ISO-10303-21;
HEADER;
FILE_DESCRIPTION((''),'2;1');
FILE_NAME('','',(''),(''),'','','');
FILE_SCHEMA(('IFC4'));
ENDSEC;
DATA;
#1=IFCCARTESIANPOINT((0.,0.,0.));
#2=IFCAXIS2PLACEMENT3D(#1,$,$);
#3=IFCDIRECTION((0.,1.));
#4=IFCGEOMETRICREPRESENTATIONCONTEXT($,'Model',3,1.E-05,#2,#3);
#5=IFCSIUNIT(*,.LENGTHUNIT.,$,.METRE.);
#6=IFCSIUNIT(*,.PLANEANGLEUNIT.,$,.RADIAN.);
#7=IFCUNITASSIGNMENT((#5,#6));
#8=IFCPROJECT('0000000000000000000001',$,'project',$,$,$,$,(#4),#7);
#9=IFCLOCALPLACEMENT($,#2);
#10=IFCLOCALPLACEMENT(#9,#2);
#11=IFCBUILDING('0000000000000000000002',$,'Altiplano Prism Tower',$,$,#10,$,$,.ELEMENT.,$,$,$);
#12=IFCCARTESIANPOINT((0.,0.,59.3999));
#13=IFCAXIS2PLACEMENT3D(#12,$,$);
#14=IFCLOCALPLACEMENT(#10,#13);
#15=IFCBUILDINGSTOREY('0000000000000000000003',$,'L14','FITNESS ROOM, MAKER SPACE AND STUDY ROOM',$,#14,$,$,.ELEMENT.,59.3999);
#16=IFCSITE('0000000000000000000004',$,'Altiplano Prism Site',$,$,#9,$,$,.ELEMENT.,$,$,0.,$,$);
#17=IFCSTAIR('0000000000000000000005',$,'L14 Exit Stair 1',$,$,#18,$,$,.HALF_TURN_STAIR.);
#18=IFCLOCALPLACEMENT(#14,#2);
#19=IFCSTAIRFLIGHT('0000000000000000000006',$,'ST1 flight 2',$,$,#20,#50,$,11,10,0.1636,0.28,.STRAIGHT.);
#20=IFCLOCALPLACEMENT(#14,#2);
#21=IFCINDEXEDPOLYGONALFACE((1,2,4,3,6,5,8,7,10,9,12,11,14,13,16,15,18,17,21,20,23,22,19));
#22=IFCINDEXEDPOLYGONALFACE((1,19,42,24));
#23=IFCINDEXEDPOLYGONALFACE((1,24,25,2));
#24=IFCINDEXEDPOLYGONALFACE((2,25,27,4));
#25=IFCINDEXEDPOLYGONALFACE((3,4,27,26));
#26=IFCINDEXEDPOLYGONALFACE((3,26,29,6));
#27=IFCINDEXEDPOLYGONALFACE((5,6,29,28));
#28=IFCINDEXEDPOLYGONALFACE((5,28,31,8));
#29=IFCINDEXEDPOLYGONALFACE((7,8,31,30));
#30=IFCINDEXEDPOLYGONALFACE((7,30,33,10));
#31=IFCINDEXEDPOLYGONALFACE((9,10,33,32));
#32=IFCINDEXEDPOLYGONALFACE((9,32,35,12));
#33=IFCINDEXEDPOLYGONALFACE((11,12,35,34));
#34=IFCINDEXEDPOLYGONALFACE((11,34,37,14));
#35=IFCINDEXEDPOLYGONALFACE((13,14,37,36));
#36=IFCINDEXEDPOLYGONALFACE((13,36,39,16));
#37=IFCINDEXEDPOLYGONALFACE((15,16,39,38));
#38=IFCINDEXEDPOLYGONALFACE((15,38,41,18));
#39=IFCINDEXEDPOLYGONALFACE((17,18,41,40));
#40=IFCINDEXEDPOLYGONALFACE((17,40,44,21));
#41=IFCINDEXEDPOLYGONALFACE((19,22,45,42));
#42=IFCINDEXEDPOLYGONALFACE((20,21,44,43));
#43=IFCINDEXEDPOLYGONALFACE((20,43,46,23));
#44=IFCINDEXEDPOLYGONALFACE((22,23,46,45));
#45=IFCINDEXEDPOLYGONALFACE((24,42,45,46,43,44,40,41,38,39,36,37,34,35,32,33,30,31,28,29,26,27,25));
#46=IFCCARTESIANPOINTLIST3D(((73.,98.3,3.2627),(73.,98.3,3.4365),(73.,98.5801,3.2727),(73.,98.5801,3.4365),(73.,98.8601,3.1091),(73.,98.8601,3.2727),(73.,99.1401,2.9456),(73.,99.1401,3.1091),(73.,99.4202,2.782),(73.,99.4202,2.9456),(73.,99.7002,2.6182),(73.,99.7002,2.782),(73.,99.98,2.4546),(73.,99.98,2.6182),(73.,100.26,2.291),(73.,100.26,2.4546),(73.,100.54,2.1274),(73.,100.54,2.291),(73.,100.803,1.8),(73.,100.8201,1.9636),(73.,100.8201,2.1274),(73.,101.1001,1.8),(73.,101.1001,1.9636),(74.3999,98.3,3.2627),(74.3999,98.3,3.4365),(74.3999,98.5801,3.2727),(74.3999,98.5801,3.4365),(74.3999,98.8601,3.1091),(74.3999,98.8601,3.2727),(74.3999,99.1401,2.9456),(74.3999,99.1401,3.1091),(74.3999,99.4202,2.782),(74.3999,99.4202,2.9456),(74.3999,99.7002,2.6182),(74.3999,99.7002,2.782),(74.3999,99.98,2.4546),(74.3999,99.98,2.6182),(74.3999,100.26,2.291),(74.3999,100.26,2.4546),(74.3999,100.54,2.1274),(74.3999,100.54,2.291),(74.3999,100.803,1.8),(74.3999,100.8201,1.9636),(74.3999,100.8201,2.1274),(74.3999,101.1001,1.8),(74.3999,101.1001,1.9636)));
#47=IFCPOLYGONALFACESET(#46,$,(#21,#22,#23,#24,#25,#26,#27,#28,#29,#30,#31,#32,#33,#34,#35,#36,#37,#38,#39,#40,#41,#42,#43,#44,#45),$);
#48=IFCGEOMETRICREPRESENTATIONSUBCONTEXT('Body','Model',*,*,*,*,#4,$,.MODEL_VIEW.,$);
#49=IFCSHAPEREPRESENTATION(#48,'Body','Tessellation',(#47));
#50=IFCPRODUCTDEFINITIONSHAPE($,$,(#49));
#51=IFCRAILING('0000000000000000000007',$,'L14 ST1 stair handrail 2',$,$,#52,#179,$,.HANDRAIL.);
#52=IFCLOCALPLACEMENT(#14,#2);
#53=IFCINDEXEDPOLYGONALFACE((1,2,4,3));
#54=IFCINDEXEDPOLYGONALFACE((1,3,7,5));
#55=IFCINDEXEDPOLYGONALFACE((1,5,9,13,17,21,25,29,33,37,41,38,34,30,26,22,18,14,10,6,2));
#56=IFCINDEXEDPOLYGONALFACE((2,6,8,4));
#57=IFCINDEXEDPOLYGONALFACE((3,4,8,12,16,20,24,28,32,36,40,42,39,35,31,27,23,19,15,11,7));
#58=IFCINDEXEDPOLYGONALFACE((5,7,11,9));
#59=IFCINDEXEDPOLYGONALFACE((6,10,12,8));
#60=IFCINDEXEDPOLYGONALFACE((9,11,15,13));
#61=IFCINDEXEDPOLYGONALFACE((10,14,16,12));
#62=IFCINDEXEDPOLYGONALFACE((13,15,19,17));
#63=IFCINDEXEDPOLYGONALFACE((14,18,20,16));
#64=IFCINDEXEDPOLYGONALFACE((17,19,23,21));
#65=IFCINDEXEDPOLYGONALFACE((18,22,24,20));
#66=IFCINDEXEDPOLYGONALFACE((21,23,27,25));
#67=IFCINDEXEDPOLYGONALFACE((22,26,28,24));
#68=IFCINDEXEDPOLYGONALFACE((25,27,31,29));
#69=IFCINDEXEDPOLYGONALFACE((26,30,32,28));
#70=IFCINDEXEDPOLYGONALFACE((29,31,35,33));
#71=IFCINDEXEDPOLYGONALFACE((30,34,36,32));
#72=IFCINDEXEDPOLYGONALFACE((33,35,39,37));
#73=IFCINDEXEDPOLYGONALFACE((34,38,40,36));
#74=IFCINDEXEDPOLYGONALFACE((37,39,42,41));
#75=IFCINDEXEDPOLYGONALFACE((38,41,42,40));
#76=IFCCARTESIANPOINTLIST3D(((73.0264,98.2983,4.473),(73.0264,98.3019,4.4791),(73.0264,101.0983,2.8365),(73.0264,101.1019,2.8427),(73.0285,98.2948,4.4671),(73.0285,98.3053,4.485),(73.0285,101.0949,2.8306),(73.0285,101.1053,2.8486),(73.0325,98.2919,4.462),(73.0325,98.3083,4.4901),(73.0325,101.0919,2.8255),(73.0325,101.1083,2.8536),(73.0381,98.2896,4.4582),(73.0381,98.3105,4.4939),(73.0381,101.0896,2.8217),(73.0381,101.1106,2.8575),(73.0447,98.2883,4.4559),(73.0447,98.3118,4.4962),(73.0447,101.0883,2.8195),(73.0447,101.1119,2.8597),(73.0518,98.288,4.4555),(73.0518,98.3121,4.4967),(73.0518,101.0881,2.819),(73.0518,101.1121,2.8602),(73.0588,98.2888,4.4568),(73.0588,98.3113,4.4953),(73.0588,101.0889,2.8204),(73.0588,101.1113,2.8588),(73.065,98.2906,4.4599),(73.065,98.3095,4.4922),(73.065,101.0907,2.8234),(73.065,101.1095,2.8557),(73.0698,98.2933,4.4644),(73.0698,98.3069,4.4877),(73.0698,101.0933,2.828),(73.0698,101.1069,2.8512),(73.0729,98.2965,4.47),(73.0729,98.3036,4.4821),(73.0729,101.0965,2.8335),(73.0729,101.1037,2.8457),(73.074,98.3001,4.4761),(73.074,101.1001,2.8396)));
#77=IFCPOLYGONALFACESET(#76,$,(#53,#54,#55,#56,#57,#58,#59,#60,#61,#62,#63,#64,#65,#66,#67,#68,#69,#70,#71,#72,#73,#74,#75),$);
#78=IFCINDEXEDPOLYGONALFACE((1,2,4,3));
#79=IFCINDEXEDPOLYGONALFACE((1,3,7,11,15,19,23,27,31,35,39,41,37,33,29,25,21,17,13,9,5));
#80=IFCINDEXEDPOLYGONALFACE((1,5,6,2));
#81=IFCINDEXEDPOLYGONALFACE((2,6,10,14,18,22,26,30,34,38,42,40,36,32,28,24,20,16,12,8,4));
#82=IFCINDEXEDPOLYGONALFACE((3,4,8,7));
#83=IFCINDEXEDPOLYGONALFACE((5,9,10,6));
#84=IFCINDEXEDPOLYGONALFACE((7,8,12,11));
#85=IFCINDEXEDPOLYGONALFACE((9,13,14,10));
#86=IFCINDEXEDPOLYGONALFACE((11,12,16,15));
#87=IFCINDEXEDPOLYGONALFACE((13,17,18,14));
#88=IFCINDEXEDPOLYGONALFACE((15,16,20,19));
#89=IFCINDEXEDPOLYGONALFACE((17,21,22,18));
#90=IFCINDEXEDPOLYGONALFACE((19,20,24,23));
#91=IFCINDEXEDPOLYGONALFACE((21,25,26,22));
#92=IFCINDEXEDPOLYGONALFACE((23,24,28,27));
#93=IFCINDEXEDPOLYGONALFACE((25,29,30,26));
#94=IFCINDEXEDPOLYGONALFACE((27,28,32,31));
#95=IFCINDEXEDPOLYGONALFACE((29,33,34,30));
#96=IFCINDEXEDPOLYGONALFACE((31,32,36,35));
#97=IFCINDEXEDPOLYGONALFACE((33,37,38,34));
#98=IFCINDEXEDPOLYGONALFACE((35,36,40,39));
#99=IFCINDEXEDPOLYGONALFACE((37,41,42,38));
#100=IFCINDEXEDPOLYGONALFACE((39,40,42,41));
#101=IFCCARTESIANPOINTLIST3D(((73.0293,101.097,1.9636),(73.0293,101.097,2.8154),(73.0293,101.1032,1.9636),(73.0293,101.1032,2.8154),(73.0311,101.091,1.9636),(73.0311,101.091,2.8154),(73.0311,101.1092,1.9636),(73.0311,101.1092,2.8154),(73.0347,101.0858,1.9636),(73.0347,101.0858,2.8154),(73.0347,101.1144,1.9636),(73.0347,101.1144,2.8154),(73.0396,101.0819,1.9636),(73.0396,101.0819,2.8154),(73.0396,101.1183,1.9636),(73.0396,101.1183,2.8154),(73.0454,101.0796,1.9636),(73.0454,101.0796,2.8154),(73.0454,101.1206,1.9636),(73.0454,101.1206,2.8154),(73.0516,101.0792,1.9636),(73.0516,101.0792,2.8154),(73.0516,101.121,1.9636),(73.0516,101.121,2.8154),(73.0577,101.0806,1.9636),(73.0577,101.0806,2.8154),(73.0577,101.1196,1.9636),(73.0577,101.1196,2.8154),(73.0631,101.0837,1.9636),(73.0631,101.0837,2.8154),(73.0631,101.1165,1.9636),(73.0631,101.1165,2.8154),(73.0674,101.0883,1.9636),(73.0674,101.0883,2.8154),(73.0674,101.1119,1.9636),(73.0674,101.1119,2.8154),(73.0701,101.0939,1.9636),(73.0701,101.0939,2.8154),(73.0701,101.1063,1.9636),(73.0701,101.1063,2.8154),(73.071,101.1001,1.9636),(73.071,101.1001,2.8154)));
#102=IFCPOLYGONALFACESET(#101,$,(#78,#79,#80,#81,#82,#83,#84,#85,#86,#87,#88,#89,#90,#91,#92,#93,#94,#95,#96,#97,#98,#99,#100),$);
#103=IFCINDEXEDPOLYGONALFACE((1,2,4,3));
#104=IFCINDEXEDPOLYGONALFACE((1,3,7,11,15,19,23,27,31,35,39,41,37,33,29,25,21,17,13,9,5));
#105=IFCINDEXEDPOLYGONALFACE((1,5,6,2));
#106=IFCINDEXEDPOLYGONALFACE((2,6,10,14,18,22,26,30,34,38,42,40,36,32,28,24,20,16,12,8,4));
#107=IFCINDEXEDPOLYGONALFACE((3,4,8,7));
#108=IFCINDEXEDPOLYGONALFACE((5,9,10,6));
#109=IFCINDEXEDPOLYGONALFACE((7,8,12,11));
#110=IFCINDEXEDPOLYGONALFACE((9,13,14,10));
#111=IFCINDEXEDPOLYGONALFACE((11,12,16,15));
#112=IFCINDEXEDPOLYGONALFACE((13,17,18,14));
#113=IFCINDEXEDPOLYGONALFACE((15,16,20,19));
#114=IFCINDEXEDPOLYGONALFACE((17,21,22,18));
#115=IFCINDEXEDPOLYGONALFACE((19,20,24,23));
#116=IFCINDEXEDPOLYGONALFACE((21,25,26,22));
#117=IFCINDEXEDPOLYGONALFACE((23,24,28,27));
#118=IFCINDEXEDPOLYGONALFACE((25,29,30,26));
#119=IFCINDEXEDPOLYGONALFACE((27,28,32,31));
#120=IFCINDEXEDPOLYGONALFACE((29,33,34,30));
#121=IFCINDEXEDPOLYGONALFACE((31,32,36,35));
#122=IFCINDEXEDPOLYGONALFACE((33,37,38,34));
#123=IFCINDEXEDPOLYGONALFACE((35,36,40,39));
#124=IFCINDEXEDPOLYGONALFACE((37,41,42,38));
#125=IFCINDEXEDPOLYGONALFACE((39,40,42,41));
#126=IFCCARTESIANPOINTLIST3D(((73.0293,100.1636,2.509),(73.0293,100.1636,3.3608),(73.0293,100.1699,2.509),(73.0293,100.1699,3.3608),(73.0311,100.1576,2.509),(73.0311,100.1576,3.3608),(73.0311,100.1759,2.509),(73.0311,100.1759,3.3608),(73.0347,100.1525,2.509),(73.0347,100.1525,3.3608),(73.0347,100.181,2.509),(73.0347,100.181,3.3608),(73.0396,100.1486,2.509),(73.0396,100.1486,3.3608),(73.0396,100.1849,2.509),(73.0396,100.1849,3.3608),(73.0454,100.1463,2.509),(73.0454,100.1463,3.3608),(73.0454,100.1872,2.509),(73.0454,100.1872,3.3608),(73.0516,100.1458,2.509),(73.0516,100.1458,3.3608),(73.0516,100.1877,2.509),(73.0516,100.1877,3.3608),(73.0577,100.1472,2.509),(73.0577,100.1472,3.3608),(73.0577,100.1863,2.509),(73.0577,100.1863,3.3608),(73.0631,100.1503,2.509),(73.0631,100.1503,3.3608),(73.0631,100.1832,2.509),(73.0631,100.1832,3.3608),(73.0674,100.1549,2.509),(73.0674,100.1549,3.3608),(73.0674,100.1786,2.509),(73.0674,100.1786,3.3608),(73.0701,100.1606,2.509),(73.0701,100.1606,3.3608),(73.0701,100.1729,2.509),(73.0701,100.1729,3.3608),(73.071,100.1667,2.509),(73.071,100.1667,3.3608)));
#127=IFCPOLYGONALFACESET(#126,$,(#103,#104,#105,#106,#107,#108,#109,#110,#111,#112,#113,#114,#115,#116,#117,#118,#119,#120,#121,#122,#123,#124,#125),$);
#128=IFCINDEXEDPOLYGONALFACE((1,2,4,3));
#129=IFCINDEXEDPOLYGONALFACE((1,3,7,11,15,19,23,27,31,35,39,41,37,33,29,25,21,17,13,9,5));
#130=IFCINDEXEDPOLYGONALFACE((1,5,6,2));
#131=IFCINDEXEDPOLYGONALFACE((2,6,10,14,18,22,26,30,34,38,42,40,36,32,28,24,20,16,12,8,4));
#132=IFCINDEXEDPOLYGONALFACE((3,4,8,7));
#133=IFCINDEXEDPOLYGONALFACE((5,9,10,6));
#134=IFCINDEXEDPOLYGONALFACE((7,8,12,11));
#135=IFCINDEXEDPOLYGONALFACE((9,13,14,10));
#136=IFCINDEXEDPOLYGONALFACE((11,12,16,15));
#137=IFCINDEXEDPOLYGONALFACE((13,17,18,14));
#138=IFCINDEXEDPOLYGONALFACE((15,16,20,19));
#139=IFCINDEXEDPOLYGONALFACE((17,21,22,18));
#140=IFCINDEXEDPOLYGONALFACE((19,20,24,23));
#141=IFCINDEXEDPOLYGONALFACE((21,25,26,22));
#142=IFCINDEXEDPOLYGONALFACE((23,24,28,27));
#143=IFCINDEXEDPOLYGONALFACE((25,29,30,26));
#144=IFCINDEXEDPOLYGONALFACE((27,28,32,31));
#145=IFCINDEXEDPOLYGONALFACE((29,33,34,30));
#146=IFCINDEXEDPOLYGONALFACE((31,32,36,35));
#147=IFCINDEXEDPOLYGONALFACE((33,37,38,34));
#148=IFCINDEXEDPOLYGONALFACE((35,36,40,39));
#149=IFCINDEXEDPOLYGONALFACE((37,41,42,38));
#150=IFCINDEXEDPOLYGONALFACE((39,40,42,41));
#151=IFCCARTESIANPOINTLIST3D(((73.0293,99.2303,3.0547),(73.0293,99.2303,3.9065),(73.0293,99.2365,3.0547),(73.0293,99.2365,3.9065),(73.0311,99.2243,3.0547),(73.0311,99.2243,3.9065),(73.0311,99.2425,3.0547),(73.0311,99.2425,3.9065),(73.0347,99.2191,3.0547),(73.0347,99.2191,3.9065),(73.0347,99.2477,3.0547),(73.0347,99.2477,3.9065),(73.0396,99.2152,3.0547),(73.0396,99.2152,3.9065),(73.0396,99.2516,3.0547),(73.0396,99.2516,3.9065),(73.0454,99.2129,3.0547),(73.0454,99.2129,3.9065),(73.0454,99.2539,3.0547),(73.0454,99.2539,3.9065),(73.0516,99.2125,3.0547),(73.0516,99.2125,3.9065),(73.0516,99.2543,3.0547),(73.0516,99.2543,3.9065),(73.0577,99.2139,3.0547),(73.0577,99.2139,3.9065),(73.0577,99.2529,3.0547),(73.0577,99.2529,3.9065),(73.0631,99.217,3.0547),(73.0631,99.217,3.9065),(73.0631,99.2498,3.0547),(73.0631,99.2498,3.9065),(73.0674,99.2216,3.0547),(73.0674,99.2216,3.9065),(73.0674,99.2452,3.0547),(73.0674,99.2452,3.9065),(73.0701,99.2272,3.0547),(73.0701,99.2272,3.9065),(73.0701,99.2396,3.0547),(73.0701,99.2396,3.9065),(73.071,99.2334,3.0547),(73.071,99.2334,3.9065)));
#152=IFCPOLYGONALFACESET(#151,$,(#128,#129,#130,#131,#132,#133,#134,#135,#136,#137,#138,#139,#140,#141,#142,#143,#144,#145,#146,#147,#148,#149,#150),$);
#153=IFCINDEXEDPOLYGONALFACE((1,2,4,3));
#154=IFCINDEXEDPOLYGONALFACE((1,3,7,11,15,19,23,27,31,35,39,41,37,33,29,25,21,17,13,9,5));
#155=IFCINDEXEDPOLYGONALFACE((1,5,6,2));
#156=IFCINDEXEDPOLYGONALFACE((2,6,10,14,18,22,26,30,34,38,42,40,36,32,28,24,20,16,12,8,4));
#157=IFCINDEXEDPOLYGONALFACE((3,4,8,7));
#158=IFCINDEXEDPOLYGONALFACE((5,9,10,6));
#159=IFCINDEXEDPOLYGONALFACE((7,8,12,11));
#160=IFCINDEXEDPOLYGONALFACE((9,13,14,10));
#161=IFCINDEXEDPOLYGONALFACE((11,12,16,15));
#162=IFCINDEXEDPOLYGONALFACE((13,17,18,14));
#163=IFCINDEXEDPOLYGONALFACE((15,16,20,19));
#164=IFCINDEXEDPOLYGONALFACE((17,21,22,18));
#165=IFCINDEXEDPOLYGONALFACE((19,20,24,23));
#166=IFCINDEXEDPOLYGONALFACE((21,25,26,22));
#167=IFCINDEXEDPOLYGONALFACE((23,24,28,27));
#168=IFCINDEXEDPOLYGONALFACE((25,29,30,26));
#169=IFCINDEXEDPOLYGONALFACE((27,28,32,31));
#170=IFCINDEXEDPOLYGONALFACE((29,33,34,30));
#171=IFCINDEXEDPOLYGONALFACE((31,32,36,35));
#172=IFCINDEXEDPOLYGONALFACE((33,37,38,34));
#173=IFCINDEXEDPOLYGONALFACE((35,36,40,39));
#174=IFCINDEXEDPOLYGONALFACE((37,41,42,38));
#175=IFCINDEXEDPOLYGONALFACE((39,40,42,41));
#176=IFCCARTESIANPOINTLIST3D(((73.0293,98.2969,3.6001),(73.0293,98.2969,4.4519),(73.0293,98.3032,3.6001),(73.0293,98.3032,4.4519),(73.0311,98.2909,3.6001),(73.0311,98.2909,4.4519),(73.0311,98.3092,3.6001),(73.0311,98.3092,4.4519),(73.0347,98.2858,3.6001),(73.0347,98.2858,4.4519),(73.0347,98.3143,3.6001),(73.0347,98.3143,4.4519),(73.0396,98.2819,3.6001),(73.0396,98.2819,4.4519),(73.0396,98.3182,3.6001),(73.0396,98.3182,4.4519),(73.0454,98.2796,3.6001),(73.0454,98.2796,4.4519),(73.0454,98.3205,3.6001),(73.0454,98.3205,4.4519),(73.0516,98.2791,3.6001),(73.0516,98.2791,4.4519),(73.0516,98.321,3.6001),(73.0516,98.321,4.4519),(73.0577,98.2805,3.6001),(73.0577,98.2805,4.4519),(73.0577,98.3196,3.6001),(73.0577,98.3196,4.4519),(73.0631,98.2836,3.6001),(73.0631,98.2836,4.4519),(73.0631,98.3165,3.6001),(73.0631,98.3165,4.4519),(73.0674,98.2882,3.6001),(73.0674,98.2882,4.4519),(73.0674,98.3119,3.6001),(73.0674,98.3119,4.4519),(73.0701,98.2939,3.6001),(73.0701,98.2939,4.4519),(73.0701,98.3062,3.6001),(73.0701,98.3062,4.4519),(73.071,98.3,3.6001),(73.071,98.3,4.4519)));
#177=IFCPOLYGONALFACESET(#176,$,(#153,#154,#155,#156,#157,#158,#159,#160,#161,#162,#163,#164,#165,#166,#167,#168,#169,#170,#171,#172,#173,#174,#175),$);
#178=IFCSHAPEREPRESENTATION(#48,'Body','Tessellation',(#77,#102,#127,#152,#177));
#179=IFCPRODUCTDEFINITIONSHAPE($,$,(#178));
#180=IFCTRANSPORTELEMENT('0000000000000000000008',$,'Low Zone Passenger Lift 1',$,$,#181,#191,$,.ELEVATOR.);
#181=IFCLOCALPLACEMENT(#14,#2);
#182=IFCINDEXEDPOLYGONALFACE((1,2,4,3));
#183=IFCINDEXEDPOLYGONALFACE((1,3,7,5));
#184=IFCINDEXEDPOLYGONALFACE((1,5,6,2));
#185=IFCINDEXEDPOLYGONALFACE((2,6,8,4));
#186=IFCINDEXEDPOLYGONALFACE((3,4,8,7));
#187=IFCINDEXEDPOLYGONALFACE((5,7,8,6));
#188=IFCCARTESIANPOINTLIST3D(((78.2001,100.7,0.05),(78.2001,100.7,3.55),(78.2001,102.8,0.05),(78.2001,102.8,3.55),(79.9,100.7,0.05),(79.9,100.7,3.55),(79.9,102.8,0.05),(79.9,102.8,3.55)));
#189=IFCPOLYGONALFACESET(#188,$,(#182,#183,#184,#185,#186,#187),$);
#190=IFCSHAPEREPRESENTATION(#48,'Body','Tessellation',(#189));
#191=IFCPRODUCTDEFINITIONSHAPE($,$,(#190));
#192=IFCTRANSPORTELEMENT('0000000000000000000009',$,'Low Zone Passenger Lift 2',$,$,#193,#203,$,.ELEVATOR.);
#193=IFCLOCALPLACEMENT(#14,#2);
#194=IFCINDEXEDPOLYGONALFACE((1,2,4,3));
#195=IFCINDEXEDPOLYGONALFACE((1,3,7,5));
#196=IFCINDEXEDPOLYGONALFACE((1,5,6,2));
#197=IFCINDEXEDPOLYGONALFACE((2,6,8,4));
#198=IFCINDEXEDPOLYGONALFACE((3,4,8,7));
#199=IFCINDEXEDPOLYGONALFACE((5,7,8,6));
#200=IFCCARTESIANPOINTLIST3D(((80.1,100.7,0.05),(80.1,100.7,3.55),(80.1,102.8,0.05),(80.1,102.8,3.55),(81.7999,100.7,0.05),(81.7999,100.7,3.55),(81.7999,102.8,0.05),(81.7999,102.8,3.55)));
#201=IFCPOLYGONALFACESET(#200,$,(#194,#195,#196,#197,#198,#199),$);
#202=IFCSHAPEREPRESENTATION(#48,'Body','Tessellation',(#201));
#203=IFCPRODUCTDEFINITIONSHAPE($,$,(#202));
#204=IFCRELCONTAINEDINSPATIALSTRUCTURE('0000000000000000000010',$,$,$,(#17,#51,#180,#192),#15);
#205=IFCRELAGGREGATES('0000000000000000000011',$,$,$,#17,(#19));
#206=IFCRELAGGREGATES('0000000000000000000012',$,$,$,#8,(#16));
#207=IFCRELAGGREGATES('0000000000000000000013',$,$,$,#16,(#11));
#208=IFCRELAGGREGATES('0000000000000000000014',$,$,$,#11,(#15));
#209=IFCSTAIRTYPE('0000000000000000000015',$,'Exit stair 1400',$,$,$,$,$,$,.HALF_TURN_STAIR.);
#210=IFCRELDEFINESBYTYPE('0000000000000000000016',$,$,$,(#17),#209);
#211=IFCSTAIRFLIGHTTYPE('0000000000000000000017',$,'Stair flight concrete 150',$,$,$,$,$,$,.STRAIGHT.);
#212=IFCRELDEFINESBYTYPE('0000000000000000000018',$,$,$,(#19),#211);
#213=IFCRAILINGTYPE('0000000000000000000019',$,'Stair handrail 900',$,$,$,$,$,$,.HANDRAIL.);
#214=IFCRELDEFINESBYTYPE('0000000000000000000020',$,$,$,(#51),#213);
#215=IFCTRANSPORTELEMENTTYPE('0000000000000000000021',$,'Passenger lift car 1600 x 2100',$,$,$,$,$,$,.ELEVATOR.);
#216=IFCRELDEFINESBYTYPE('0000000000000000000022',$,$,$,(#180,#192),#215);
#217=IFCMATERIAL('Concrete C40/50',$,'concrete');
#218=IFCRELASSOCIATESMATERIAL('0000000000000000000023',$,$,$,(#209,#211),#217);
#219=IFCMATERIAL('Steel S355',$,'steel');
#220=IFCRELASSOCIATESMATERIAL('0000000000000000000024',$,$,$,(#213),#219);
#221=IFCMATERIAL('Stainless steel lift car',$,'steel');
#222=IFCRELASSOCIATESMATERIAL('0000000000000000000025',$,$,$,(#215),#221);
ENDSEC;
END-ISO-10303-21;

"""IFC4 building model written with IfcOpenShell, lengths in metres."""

from ifc_helpers import new_model, si_unit, direction, frame, origin, origin_2d, place, context, subcontext, project, spatial, polyline, rectangle, circle, outline, extrude, material, type_object, element, aggregate, save


model = new_model("IFC4")

# Units and contexts
model_context = context("Model", 3, precision=1e-05, world=origin(), true_north=direction((0.0, 1.0)))
body_context = subcontext(model_context, "Body", "Model", "MODEL_VIEW")
ifc_project = project(units=[si_unit("LENGTHUNIT", "METRE"), si_unit("PLANEANGLEUNIT", "RADIAN")], contexts=[model_context])

# Site, building, storey
site_placement = place(None, origin())
site = spatial("IfcSite", under=ifc_project, at=site_placement, Name="Altiplano Prism Site", CompositionType="ELEMENT", RefElevation=0.0)
building_placement = place(site_placement, origin())
building = spatial("IfcBuilding", under=site, at=building_placement, Name="Altiplano Prism Tower", CompositionType="ELEMENT")
storey_placement = place(building_placement, frame((0.0, 0.0, 59.3999)))
storey = spatial("IfcBuildingStorey", under=building, at=storey_placement, Name="L14", Description="FITNESS ROOM, MAKER SPACE AND STUDY ROOM", CompositionType="ELEMENT", Elevation=59.3999)

# Stair, stair flight
ifc_material_1 = material(Name="Concrete C40/50", Category="concrete")
stair_type = type_object("IfcStairType", Name="Exit stair 1400", PredefinedType="HALF_TURN_STAIR", material=ifc_material_1)
stair_placement = place(storey_placement, origin())
stair = element("IfcStair", 1, at=stair_placement, inside=storey, type_object=stair_type, Name="L14 Exit Stair 1", PredefinedType="HALF_TURN_STAIR")
stair_flight_type = type_object("IfcStairFlightType", Name="Stair flight concrete 150", PredefinedType="STRAIGHT", material=ifc_material_1)
stair_flight_placement = place(storey_placement, frame((73.7, 101.1001, 1.8), z_axis=(0.0, 0.0, 1.0), x_axis=(0.0, -1.0, 0.0)))
stair_flight = element("IfcStairFlight", 2, at=stair_flight_placement, type_object=stair_flight_type, Name="ST1 flight 2", NumberOfRisers=11, NumberOfTreads=10, PredefinedType="STRAIGHT", RiserHeight=0.1636, TreadLength=0.28, context=body_context, shape_type="SweptSolid", body=[
    extrude(outline(polyline([(0.0, 0.0), (0.0, 0.1636), (0.28, 0.1636), (0.28, 0.3274), (0.5601, 0.3274), (0.5601, 0.491), (0.8401, 0.491), (0.8401, 0.6545), (1.1201, 0.6545), (1.1201, 0.8181), (1.3999, 0.8181), (1.3999, 0.9819), (1.6799, 0.9819), (1.6799, 1.1455), (1.96, 1.1455), (1.96, 1.3091), (2.24, 1.3091), (2.24, 1.4727), (2.52, 1.4727), (2.52, 1.6365), (2.8, 1.6365), (2.8, 1.8), (2.8, 1.4626), (0.2971, 0.0), (0.0, 0.0)])), frame((0.0, 0.7, 0.0), z_axis=(0.0, -1.0, 0.0), x_axis=(1.0, 0.0, 0.0)), (0.0, 0.0, 1.0), 1.3999),
])
aggregate(stair, [stair_flight])

# Railing
ifc_material_2 = material(Name="Steel S355", Category="steel")
railing_type = type_object("IfcRailingType", Name="Stair handrail 900", PredefinedType="HANDRAIL", material=ifc_material_2)
railing_placement = place(storey_placement, frame((73.05, 101.1001, 1.9636)))
element("IfcRailing", 3, at=railing_placement, inside=storey, type_object=railing_type, Name="L14 ST1 stair handrail 2", PredefinedType="HANDRAIL", context=body_context, shape_type="SweptSolid", body=[
    extrude(circle(Radius=0.0239, at=origin_2d()), frame((0.0, 0.0, 0.876), z_axis=(0.0, -0.863361, 0.504587), x_axis=(1.0, 0.0, 0.0)), (0.0, 0.0, 1.0), 3.2432),
    extrude(circle(Radius=0.021, at=origin_2d()), origin(), (0.0, 0.0, 1.0), 0.8518),
    extrude(circle(Radius=0.021, at=origin_2d()), frame((0.0, -0.9333, 0.5454)), (0.0, 0.0, 1.0), 0.8518),
    extrude(circle(Radius=0.021, at=origin_2d()), frame((0.0, -1.8667, 1.0911)), (0.0, 0.0, 1.0), 0.8518),
    extrude(circle(Radius=0.021, at=origin_2d()), frame((0.0, -2.8, 1.6365)), (0.0, 0.0, 1.0), 0.8518),
])

# Transport elements
ifc_material_3 = material(Name="Stainless steel lift car", Category="steel")
transport_element_type = type_object("IfcTransportElementType", Name="Passenger lift car 1600 x 2100", PredefinedType="ELEVATOR", material=ifc_material_3)
for number, where, z_axis, x_axis, name in (
    (4, (79.05, 101.75, 0.05), (0.0, 0.0, 1.0), (1.0, 0.0, 0.0), "Low Zone Passenger Lift 1"),
    (5, (80.95, 101.75, 0.05), (0.0, 0.0, 1.0), (1.0, 0.0, 0.0), "Low Zone Passenger Lift 2"),
):
    element("IfcTransportElement", number, at=place(storey_placement, frame(where, z_axis=z_axis, x_axis=x_axis)), inside=storey, type_object=transport_element_type, Name=name, PredefinedType="ELEVATOR", context=body_context, shape_type="SweptSolid", body=[
        extrude(rectangle(XDim=1.7, YDim=2.1001, at=origin_2d()), origin(), (0.0, 0.0, 1.0), 3.5),
    ])

save(model, "model.ifc")
